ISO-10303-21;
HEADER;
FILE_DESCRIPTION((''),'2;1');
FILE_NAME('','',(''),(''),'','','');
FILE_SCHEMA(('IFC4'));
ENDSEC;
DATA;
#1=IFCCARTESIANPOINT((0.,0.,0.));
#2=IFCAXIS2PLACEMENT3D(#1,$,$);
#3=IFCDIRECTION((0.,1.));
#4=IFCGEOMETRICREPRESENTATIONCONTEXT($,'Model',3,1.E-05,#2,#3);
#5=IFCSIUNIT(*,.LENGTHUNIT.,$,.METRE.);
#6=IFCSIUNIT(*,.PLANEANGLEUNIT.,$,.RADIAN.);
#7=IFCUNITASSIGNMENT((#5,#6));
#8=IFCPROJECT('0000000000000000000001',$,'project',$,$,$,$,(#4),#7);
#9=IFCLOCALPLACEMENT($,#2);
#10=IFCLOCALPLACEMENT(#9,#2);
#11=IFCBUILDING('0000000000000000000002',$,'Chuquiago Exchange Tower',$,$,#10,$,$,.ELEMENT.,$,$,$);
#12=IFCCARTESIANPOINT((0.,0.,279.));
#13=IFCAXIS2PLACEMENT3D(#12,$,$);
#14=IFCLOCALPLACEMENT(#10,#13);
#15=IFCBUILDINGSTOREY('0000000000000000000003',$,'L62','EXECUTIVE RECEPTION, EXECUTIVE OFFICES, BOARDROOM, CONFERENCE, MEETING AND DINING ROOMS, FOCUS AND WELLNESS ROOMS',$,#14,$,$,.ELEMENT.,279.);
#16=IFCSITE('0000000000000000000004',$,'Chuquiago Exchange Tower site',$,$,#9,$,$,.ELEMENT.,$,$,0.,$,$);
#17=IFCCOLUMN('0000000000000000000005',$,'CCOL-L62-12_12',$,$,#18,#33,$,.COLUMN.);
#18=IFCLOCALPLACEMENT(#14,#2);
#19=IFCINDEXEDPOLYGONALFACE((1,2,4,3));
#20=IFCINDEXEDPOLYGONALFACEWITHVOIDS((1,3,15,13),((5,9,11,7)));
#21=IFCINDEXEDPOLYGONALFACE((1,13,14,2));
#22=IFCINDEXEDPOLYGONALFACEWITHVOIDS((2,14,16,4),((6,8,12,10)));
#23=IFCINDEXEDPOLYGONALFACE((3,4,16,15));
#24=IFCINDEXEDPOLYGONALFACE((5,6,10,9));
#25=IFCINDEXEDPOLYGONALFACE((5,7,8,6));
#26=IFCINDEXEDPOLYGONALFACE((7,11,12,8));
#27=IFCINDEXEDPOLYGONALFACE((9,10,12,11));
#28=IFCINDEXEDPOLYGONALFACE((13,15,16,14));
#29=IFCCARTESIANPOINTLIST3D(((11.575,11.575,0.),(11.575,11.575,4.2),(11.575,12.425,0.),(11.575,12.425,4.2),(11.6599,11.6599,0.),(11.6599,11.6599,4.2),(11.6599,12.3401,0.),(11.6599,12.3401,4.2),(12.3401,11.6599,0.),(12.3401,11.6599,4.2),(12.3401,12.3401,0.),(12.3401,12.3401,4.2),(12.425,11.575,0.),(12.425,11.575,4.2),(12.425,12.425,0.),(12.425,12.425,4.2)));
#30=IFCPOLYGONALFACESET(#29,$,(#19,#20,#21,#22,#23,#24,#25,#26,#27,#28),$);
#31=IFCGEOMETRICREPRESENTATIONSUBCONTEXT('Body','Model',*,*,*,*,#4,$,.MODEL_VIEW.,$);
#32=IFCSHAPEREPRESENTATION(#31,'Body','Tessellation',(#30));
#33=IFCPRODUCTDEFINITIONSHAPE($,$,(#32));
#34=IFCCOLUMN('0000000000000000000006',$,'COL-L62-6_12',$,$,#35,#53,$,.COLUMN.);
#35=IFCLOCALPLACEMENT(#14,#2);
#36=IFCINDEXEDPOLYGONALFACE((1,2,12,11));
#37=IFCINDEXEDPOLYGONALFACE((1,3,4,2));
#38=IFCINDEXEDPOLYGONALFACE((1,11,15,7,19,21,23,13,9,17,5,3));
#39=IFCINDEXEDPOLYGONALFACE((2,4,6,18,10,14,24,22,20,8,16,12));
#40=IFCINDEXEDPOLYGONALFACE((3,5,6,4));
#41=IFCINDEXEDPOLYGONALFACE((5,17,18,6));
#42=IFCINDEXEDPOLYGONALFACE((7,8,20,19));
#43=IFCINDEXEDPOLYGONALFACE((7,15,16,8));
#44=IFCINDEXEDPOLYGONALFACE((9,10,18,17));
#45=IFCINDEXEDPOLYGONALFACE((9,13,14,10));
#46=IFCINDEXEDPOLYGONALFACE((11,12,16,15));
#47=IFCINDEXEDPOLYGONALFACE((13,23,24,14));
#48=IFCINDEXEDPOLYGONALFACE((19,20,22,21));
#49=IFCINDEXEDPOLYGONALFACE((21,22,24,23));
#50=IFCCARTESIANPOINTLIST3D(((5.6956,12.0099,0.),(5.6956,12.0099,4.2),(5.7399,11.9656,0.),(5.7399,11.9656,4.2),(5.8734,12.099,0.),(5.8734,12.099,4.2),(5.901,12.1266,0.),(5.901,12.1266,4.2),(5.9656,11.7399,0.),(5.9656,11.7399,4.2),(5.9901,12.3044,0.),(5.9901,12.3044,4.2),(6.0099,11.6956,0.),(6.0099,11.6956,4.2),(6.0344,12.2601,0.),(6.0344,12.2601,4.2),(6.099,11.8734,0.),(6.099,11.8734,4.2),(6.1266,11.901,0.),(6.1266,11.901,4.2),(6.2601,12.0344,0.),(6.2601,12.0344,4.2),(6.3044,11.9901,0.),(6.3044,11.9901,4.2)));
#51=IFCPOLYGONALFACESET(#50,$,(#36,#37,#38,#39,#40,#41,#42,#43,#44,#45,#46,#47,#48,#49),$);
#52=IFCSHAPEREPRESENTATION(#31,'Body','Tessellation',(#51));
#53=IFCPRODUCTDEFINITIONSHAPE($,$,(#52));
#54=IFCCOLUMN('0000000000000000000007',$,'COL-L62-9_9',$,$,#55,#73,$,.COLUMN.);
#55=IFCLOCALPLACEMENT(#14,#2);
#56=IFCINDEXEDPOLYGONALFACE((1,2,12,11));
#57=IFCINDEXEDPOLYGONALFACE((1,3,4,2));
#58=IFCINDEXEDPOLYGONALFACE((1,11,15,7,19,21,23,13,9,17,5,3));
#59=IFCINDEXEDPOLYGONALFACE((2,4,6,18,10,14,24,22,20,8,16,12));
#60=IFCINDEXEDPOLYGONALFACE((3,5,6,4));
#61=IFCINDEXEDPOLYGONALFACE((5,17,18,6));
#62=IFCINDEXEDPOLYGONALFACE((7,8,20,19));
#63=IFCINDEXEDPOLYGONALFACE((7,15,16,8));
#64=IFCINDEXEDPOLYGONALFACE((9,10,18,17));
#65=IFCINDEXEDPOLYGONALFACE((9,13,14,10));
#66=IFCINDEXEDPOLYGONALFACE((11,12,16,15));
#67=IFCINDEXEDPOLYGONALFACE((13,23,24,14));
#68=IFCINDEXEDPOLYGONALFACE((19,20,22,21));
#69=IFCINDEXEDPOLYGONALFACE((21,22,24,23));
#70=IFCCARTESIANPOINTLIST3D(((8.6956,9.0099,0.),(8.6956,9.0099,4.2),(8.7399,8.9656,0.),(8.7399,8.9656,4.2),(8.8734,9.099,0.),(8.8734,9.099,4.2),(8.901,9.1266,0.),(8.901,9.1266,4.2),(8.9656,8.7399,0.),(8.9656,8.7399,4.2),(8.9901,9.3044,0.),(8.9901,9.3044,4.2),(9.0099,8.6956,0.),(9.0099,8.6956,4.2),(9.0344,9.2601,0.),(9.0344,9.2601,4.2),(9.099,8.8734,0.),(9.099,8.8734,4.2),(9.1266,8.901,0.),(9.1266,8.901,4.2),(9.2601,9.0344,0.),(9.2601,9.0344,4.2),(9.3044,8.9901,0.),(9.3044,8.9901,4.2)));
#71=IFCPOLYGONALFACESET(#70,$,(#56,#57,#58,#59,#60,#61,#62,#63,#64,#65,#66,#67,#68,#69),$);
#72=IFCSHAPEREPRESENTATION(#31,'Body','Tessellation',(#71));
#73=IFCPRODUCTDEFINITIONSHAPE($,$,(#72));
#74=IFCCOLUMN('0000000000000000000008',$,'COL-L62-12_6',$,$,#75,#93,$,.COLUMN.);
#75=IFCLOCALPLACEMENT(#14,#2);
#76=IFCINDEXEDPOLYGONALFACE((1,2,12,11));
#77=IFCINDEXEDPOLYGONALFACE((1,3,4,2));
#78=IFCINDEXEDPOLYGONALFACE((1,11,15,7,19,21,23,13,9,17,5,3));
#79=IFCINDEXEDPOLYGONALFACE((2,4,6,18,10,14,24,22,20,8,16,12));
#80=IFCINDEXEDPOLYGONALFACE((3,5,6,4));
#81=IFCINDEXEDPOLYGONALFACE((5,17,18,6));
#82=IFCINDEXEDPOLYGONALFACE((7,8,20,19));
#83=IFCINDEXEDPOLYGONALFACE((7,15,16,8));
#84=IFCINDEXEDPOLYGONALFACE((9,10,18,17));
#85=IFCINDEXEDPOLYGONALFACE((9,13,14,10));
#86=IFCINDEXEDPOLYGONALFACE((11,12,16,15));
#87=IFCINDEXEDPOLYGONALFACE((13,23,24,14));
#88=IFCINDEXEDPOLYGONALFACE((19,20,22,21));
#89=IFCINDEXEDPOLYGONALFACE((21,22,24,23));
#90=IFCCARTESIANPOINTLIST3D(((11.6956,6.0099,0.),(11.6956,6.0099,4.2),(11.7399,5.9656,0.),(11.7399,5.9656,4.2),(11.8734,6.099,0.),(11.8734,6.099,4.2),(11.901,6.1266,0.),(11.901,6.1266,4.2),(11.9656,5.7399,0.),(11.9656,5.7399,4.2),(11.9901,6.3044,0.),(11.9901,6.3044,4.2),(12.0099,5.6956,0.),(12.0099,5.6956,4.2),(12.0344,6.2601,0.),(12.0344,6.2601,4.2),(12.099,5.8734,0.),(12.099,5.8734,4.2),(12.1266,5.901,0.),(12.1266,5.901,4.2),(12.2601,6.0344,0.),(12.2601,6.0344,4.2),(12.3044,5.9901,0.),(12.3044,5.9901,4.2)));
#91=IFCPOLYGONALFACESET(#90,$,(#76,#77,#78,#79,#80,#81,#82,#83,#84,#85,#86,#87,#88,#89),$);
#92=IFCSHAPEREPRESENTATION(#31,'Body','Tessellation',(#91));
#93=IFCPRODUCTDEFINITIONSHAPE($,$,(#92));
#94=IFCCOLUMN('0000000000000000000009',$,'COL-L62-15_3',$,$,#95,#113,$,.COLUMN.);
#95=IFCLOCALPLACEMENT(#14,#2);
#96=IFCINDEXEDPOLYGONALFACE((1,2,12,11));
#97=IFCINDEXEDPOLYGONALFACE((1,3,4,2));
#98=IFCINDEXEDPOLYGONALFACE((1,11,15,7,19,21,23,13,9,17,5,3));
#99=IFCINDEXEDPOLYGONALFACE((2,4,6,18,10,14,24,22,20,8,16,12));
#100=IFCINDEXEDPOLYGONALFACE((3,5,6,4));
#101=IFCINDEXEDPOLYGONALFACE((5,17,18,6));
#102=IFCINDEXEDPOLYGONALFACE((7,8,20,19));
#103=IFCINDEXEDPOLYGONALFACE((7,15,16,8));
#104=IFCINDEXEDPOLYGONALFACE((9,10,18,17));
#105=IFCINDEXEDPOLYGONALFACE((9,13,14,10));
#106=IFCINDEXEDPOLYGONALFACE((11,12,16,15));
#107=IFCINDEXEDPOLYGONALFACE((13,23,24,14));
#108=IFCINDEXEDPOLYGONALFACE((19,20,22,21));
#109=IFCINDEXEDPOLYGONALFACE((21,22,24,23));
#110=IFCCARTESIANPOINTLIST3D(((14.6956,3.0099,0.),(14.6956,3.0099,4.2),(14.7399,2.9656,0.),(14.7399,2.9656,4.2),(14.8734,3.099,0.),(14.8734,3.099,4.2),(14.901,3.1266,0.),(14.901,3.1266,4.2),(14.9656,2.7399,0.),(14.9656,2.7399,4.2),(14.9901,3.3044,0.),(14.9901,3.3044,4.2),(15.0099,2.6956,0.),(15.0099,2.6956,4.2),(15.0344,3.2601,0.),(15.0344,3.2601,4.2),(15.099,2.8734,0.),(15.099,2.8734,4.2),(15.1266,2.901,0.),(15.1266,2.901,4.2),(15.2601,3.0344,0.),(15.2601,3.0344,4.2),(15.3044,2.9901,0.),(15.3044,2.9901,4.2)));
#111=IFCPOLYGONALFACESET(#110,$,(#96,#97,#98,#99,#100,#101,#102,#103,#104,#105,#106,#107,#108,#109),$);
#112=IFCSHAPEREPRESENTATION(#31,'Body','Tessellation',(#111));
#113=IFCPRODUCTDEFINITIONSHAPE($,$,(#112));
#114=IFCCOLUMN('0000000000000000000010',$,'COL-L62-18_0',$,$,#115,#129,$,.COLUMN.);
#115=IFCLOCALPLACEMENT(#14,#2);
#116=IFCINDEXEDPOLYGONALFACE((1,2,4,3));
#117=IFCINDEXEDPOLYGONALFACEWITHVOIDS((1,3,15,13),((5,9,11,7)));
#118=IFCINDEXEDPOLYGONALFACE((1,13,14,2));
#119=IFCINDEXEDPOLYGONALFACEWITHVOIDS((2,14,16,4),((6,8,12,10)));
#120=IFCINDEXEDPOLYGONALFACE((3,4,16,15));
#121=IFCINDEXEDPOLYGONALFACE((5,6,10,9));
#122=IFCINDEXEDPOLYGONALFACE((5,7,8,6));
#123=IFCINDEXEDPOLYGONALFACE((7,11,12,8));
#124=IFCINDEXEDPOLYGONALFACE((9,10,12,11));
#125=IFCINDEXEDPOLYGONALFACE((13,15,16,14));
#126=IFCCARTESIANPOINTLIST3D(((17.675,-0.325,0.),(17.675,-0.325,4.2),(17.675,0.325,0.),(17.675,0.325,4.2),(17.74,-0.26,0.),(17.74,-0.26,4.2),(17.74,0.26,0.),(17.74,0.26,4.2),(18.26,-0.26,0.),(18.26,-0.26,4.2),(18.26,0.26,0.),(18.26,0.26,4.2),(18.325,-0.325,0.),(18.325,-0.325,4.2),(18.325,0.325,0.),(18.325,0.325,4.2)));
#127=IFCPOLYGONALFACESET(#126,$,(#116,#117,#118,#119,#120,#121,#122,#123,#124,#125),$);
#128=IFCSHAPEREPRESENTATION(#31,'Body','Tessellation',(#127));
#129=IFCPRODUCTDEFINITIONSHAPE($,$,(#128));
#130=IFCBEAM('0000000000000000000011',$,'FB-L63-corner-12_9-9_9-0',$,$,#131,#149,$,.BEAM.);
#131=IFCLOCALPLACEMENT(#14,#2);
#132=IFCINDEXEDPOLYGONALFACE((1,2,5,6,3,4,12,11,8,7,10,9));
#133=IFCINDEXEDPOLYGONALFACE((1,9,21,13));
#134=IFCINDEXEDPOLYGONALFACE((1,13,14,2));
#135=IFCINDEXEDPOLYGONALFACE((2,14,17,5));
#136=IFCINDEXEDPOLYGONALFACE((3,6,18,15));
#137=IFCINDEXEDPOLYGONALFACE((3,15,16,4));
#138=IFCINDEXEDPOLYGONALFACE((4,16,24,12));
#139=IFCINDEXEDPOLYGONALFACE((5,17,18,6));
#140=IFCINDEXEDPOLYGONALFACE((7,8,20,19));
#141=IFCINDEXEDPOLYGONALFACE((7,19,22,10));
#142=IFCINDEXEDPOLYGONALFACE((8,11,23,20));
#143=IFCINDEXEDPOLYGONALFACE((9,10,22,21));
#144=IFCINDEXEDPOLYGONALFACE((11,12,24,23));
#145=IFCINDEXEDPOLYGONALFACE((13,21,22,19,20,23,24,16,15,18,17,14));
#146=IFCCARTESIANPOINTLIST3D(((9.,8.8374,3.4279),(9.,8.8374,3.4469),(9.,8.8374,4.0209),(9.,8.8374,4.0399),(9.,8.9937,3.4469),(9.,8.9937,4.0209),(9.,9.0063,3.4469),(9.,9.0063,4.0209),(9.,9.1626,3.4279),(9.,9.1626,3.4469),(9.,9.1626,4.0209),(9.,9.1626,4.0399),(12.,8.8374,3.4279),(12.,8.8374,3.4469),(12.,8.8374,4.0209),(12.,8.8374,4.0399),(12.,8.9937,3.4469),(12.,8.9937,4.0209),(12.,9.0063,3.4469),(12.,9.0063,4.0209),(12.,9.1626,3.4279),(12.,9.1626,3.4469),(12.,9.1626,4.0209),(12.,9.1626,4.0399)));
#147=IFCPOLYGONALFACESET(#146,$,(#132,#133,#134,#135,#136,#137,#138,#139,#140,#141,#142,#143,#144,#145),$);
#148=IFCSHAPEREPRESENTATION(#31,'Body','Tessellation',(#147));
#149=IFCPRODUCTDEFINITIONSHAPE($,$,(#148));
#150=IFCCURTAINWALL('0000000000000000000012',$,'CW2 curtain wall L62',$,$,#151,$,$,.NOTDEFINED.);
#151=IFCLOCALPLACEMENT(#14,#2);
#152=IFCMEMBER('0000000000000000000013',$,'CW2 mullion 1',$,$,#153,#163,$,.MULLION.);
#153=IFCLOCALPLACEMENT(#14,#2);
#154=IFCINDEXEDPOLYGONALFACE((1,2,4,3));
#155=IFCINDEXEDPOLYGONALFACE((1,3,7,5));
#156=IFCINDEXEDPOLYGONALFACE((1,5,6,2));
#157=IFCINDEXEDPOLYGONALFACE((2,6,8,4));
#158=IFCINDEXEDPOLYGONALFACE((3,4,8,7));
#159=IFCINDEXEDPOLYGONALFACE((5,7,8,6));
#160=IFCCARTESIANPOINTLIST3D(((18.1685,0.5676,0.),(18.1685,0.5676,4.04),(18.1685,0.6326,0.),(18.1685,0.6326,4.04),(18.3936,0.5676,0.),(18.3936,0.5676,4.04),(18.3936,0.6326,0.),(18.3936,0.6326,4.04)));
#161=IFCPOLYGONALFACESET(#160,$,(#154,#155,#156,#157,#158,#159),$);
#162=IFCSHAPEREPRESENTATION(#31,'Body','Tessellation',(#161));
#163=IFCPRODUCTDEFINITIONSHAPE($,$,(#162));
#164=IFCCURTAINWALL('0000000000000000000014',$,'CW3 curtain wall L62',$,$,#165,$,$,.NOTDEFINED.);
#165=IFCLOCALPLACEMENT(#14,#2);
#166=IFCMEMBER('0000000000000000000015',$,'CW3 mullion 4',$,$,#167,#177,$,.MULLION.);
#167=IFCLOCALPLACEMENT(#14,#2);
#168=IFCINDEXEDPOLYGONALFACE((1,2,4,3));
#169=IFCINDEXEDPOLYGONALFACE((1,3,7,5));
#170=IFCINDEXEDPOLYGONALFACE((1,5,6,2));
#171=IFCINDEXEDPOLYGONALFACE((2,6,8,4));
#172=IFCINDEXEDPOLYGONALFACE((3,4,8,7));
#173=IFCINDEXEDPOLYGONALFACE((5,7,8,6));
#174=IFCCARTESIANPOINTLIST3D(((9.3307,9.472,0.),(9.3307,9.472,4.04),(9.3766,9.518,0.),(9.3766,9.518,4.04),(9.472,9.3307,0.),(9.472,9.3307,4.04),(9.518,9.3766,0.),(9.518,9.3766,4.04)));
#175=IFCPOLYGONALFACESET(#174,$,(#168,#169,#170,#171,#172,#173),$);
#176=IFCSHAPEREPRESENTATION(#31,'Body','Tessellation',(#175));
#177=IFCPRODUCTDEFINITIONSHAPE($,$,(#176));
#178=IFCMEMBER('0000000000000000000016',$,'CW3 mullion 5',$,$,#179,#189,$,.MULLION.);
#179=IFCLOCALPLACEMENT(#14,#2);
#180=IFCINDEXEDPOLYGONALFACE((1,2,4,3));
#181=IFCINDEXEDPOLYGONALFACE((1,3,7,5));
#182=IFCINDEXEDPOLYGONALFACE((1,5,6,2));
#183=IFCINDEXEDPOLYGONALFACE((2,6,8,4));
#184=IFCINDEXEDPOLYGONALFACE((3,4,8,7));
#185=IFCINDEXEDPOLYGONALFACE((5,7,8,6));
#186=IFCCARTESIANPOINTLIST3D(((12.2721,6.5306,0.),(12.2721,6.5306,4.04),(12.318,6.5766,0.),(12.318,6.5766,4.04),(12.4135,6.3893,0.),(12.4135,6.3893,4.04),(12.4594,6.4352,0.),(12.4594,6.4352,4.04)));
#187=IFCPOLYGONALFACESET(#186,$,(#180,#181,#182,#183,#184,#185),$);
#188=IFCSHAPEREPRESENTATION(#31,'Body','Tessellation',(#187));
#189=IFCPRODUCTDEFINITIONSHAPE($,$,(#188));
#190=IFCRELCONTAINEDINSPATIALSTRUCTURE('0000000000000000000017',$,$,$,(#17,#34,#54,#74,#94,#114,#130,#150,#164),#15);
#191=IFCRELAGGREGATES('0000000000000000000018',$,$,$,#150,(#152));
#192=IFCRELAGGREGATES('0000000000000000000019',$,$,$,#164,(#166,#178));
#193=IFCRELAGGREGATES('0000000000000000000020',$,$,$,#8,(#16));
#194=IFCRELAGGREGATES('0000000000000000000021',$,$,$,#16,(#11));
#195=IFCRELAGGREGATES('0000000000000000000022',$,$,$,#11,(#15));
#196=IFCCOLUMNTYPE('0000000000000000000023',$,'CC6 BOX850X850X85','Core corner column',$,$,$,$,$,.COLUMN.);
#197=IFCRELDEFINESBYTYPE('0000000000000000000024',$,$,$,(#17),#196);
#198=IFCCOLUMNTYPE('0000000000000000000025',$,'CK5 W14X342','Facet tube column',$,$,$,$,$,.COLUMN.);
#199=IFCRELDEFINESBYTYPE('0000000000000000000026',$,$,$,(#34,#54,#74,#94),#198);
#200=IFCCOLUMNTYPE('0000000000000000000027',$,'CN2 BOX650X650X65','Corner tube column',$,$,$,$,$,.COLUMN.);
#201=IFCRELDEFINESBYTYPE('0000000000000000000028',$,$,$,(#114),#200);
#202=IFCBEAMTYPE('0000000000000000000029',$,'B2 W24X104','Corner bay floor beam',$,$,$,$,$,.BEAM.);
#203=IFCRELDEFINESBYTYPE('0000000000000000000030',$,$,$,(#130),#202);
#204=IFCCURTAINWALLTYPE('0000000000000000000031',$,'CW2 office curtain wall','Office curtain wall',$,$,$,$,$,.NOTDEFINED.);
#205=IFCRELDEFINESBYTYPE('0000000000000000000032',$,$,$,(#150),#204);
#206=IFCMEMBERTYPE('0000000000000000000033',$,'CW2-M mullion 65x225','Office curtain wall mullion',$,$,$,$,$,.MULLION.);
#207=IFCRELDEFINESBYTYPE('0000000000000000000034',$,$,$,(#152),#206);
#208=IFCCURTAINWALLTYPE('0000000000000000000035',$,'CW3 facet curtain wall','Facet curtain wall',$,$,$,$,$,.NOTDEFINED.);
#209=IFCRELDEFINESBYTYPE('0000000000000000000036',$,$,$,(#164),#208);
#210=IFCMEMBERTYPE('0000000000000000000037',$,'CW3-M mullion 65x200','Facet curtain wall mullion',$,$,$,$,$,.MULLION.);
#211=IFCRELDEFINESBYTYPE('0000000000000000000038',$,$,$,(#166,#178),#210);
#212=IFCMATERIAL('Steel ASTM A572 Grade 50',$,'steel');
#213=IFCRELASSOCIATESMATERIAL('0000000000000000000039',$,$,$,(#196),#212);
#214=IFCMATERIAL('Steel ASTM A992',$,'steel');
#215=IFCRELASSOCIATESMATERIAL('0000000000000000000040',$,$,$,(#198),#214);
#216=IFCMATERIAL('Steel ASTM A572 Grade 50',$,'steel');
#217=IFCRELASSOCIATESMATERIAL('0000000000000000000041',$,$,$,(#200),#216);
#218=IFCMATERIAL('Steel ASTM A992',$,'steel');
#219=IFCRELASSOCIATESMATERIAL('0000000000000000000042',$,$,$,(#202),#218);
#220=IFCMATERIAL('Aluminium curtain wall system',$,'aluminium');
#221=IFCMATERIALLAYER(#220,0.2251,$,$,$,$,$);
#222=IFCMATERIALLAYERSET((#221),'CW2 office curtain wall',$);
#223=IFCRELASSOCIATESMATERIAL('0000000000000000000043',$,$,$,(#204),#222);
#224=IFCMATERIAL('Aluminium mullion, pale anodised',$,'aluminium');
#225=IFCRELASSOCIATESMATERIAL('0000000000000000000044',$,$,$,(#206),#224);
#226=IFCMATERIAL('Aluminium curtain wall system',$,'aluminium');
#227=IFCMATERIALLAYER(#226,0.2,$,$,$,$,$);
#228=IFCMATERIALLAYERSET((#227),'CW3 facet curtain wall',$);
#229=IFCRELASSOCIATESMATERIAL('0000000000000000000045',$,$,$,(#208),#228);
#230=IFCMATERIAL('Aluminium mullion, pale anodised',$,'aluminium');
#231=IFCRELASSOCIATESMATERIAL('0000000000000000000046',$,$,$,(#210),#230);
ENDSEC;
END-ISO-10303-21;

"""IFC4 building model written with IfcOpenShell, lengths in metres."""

from ifc_helpers import new_model, si_unit, direction, frame, origin, origin_2d, place, context, subcontext, project, spatial, rectangle, hollow_rectangle, i_section, extrude, material, layer, layer_set, material_profile, profile_set, type_object, element, aggregate, save


model = new_model("IFC4")

# Units and contexts
model_context = context("Model", 3, precision=1e-05, world=origin(), true_north=direction((0.0, 1.0)))
body_context = subcontext(model_context, "Body", "Model", "MODEL_VIEW")
ifc_project = project(units=[si_unit("LENGTHUNIT", "METRE"), si_unit("PLANEANGLEUNIT", "RADIAN")], contexts=[model_context])

# Site, building, storey
site_placement = place(None, origin())
site = spatial("IfcSite", under=ifc_project, at=site_placement, Name="Chuquiago Exchange Tower site", CompositionType="ELEMENT", RefElevation=0.0)
building_placement = place(site_placement, origin())
building = spatial("IfcBuilding", under=site, at=building_placement, Name="Chuquiago Exchange Tower", CompositionType="ELEMENT")
storey_placement = place(building_placement, frame((0.0, 0.0, 279.0)))
storey = spatial("IfcBuildingStorey", under=building, at=storey_placement, Name="L62", Description="EXECUTIVE RECEPTION, EXECUTIVE OFFICES, BOARDROOM, CONFERENCE, MEETING AND DINING ROOMS, FOCUS AND WELLNESS ROOMS", CompositionType="ELEMENT", Elevation=279.0)

# Columns
ifc_material_1 = material(Name="Steel ASTM A572 Grade 50", Category="steel")
ifc_material_profile_1 = material_profile(ifc_material_1, hollow_rectangle(XDim=0.8501, YDim=0.8501, WallThickness=0.085, at=origin_2d()), Name="BOX850X850X85")
ifc_profile_set_1 = profile_set([ifc_material_profile_1], Name="Steel ASTM A572 Grade 50")
column_type_1 = type_object("IfcColumnType", Name="CC6 BOX850X850X85", Description="Core corner column", PredefinedType="COLUMN", material=ifc_profile_set_1)
column_1_placement = place(storey_placement, frame((12.0, 12.0, 0.0), z_axis=(0.0, 0.0, 1.0), x_axis=(1.0, 0.0, 0.0)))
element("IfcColumn", 1, at=column_1_placement, inside=storey, type_object=column_type_1, Name="CCOL-L62-12_12", PredefinedType="COLUMN", context=body_context, shape_type="SweptSolid", body=[
    extrude(hollow_rectangle(XDim=0.8501, YDim=0.8501, WallThickness=0.085, at=origin_2d()), origin(), (0.0, 0.0, 1.0), 4.2),
])
ifc_material_2 = material(Name="Steel ASTM A992", Category="steel")
ifc_material_profile_2 = material_profile(ifc_material_2, i_section(OverallWidth=0.4165, OverallDepth=0.4446, WebThickness=0.0391, FlangeThickness=0.0627, at=origin_2d()), Name="W14X342")
ifc_profile_set_2 = profile_set([ifc_material_profile_2], Name="Steel ASTM A992")
column_type_2 = type_object("IfcColumnType", Name="CK5 W14X342", Description="Facet tube column", PredefinedType="COLUMN", material=ifc_profile_set_2)
for number, where, z_axis, x_axis, name in (
    (2, (6.0, 12.0, 0.0), (0.0, 0.0, 1.0), (-0.707107, -0.707107, 0.0), "COL-L62-6_12"),
    (3, (9.0, 9.0, 0.0), (0.0, 0.0, 1.0), (-0.707107, -0.707107, 0.0), "COL-L62-9_9"),
    (4, (12.0, 6.0, 0.0), (0.0, 0.0, 1.0), (-0.707107, -0.707107, 0.0), "COL-L62-12_6"),
    (5, (15.0, 3.0, 0.0), (0.0, 0.0, 1.0), (-0.707107, -0.707107, 0.0), "COL-L62-15_3"),
):
    element("IfcColumn", number, at=place(storey_placement, frame(where, z_axis=z_axis, x_axis=x_axis)), inside=storey, type_object=column_type_2, Name=name, PredefinedType="COLUMN", context=body_context, shape_type="SweptSolid", body=[
        extrude(i_section(OverallWidth=0.4165, OverallDepth=0.4446, WebThickness=0.0391, FlangeThickness=0.0627, at=origin_2d()), origin(), (0.0, 0.0, 1.0), 4.2),
    ])
ifc_material_3 = material(Name="Steel ASTM A572 Grade 50", Category="steel")
ifc_material_profile_3 = material_profile(ifc_material_3, hollow_rectangle(XDim=0.6499, YDim=0.6499, WallThickness=0.0649, at=origin_2d()), Name="BOX650X650X65")
ifc_profile_set_3 = profile_set([ifc_material_profile_3], Name="Steel ASTM A572 Grade 50")
column_type_3 = type_object("IfcColumnType", Name="CN2 BOX650X650X65", Description="Corner tube column", PredefinedType="COLUMN", material=ifc_profile_set_3)
column_2_placement = place(storey_placement, frame((18.0, 0.0, 0.0), z_axis=(0.0, 0.0, 1.0), x_axis=(0.0, -1.0, 0.0)))
element("IfcColumn", 6, at=column_2_placement, inside=storey, type_object=column_type_3, Name="COL-L62-18_0", PredefinedType="COLUMN", context=body_context, shape_type="SweptSolid", body=[
    extrude(hollow_rectangle(XDim=0.6499, YDim=0.6499, WallThickness=0.0649, at=origin_2d()), origin(), (0.0, 0.0, 1.0), 4.2),
])

# Beam
ifc_material_4 = material(Name="Steel ASTM A992", Category="steel")
ifc_material_profile_4 = material_profile(ifc_material_4, i_section(OverallWidth=0.3252, OverallDepth=0.6121, WebThickness=0.0127, FlangeThickness=0.019, at=origin_2d()), Name="W24X104")
ifc_profile_set_4 = profile_set([ifc_material_profile_4], Name="Steel ASTM A992")
beam_type_1 = type_object("IfcBeamType", Name="B2 W24X104", Description="Corner bay floor beam", PredefinedType="BEAM", material=ifc_profile_set_4)
beam_1_placement = place(storey_placement, frame((12.0, 9.0, 3.7339), z_axis=(-1.0, 0.0, 0.0), x_axis=(0.0, -1.0, 0.0)))
element("IfcBeam", 7, at=beam_1_placement, inside=storey, type_object=beam_type_1, Name="FB-L63-corner-12_9-9_9-0", PredefinedType="BEAM", context=body_context, shape_type="SweptSolid", body=[
    extrude(i_section(OverallWidth=0.3252, OverallDepth=0.6121, WebThickness=0.0127, FlangeThickness=0.019, at=origin_2d()), origin(), (0.0, 0.0, 1.0), 3.0),
])

# Curtain wall, member
ifc_material_5 = material(Name="Aluminium curtain wall system", Category="aluminium")
ifc_layer_1 = layer(ifc_material_5, 0.2251)
ifc_layer_set_1 = layer_set([ifc_layer_1], Name="CW2 office curtain wall")
curtain_wall_type_1 = type_object("IfcCurtainWallType", Name="CW2 office curtain wall", Description="Office curtain wall", PredefinedType="NOTDEFINED", material=ifc_layer_set_1)
curtain_wall_1_placement = place(storey_placement, origin())
curtain_wall_1 = element("IfcCurtainWall", 8, at=curtain_wall_1_placement, inside=storey, type_object=curtain_wall_type_1, Name="CW2 curtain wall L62", PredefinedType="NOTDEFINED")
ifc_material_6 = material(Name="Aluminium mullion, pale anodised", Category="aluminium")
ifc_material_profile_5 = material_profile(ifc_material_6, rectangle(XDim=0.0649, YDim=0.2251, at=origin_2d()), Name="AL 65x225")
ifc_profile_set_5 = profile_set([ifc_material_profile_5], Name="Aluminium mullion, pale anodised")
member_type_1 = type_object("IfcMemberType", Name="CW2-M mullion 65x225", Description="Office curtain wall mullion", PredefinedType="MULLION", material=ifc_profile_set_5)
member_1_placement = place(storey_placement, frame((18.281, 0.6001, 0.0), z_axis=(0.0, 0.0, 1.0), x_axis=(0.0, 1.0, 0.0)))
member_1 = element("IfcMember", 9, at=member_1_placement, type_object=member_type_1, Name="CW2 mullion 1", PredefinedType="MULLION", context=body_context, shape_type="SweptSolid", body=[
    extrude(rectangle(XDim=0.0649, YDim=0.2251, at=origin_2d()), origin(), (0.0, 0.0, 1.0), 4.04),
])
aggregate(curtain_wall_1, [member_1])

# Curtain wall, members
ifc_material_7 = material(Name="Aluminium curtain wall system", Category="aluminium")
ifc_layer_2 = layer(ifc_material_7, 0.2)
ifc_layer_set_2 = layer_set([ifc_layer_2], Name="CW3 facet curtain wall")
curtain_wall_type_2 = type_object("IfcCurtainWallType", Name="CW3 facet curtain wall", Description="Facet curtain wall", PredefinedType="NOTDEFINED", material=ifc_layer_set_2)
curtain_wall_2_placement = place(storey_placement, origin())
curtain_wall_2 = element("IfcCurtainWall", 10, at=curtain_wall_2_placement, inside=storey, type_object=curtain_wall_type_2, Name="CW3 curtain wall L62", PredefinedType="NOTDEFINED")
ifc_material_8 = material(Name="Aluminium mullion, pale anodised", Category="aluminium")
ifc_material_profile_6 = material_profile(ifc_material_8, rectangle(XDim=0.0649, YDim=0.2, at=origin_2d()), Name="AL 65x200")
ifc_profile_set_6 = profile_set([ifc_material_profile_6], Name="Aluminium mullion, pale anodised")
member_type_2 = type_object("IfcMemberType", Name="CW3-M mullion 65x200", Description="Facet curtain wall mullion", PredefinedType="MULLION", material=ifc_profile_set_6)
member_2_placement = place(storey_placement, frame((9.4243, 9.4243, 0.0), z_axis=(0.0, 0.0, 1.0), x_axis=(0.707107, 0.707107, 0.0)))
member_2 = element("IfcMember", 11, at=member_2_placement, type_object=member_type_2, Name="CW3 mullion 4", PredefinedType="MULLION", context=body_context, shape_type="SweptSolid", body=[
    extrude(rectangle(XDim=0.0649, YDim=0.2, at=origin_2d()), origin(), (0.0, 0.0, 1.0), 4.04),
])
member_3_placement = place(storey_placement, frame((12.3657, 6.4829, 0.0), z_axis=(0.0, 0.0, 1.0), x_axis=(0.707107, 0.707107, 0.0)))
member_3 = element("IfcMember", 12, at=member_3_placement, type_object=member_type_2, Name="CW3 mullion 5", PredefinedType="MULLION", context=body_context, shape_type="SweptSolid", body=[
    extrude(rectangle(XDim=0.0649, YDim=0.2, at=origin_2d()), origin(), (0.0, 0.0, 1.0), 4.04),
])

aggregate(curtain_wall_2, [member_2, member_3])

save(model, "model.ifc")
